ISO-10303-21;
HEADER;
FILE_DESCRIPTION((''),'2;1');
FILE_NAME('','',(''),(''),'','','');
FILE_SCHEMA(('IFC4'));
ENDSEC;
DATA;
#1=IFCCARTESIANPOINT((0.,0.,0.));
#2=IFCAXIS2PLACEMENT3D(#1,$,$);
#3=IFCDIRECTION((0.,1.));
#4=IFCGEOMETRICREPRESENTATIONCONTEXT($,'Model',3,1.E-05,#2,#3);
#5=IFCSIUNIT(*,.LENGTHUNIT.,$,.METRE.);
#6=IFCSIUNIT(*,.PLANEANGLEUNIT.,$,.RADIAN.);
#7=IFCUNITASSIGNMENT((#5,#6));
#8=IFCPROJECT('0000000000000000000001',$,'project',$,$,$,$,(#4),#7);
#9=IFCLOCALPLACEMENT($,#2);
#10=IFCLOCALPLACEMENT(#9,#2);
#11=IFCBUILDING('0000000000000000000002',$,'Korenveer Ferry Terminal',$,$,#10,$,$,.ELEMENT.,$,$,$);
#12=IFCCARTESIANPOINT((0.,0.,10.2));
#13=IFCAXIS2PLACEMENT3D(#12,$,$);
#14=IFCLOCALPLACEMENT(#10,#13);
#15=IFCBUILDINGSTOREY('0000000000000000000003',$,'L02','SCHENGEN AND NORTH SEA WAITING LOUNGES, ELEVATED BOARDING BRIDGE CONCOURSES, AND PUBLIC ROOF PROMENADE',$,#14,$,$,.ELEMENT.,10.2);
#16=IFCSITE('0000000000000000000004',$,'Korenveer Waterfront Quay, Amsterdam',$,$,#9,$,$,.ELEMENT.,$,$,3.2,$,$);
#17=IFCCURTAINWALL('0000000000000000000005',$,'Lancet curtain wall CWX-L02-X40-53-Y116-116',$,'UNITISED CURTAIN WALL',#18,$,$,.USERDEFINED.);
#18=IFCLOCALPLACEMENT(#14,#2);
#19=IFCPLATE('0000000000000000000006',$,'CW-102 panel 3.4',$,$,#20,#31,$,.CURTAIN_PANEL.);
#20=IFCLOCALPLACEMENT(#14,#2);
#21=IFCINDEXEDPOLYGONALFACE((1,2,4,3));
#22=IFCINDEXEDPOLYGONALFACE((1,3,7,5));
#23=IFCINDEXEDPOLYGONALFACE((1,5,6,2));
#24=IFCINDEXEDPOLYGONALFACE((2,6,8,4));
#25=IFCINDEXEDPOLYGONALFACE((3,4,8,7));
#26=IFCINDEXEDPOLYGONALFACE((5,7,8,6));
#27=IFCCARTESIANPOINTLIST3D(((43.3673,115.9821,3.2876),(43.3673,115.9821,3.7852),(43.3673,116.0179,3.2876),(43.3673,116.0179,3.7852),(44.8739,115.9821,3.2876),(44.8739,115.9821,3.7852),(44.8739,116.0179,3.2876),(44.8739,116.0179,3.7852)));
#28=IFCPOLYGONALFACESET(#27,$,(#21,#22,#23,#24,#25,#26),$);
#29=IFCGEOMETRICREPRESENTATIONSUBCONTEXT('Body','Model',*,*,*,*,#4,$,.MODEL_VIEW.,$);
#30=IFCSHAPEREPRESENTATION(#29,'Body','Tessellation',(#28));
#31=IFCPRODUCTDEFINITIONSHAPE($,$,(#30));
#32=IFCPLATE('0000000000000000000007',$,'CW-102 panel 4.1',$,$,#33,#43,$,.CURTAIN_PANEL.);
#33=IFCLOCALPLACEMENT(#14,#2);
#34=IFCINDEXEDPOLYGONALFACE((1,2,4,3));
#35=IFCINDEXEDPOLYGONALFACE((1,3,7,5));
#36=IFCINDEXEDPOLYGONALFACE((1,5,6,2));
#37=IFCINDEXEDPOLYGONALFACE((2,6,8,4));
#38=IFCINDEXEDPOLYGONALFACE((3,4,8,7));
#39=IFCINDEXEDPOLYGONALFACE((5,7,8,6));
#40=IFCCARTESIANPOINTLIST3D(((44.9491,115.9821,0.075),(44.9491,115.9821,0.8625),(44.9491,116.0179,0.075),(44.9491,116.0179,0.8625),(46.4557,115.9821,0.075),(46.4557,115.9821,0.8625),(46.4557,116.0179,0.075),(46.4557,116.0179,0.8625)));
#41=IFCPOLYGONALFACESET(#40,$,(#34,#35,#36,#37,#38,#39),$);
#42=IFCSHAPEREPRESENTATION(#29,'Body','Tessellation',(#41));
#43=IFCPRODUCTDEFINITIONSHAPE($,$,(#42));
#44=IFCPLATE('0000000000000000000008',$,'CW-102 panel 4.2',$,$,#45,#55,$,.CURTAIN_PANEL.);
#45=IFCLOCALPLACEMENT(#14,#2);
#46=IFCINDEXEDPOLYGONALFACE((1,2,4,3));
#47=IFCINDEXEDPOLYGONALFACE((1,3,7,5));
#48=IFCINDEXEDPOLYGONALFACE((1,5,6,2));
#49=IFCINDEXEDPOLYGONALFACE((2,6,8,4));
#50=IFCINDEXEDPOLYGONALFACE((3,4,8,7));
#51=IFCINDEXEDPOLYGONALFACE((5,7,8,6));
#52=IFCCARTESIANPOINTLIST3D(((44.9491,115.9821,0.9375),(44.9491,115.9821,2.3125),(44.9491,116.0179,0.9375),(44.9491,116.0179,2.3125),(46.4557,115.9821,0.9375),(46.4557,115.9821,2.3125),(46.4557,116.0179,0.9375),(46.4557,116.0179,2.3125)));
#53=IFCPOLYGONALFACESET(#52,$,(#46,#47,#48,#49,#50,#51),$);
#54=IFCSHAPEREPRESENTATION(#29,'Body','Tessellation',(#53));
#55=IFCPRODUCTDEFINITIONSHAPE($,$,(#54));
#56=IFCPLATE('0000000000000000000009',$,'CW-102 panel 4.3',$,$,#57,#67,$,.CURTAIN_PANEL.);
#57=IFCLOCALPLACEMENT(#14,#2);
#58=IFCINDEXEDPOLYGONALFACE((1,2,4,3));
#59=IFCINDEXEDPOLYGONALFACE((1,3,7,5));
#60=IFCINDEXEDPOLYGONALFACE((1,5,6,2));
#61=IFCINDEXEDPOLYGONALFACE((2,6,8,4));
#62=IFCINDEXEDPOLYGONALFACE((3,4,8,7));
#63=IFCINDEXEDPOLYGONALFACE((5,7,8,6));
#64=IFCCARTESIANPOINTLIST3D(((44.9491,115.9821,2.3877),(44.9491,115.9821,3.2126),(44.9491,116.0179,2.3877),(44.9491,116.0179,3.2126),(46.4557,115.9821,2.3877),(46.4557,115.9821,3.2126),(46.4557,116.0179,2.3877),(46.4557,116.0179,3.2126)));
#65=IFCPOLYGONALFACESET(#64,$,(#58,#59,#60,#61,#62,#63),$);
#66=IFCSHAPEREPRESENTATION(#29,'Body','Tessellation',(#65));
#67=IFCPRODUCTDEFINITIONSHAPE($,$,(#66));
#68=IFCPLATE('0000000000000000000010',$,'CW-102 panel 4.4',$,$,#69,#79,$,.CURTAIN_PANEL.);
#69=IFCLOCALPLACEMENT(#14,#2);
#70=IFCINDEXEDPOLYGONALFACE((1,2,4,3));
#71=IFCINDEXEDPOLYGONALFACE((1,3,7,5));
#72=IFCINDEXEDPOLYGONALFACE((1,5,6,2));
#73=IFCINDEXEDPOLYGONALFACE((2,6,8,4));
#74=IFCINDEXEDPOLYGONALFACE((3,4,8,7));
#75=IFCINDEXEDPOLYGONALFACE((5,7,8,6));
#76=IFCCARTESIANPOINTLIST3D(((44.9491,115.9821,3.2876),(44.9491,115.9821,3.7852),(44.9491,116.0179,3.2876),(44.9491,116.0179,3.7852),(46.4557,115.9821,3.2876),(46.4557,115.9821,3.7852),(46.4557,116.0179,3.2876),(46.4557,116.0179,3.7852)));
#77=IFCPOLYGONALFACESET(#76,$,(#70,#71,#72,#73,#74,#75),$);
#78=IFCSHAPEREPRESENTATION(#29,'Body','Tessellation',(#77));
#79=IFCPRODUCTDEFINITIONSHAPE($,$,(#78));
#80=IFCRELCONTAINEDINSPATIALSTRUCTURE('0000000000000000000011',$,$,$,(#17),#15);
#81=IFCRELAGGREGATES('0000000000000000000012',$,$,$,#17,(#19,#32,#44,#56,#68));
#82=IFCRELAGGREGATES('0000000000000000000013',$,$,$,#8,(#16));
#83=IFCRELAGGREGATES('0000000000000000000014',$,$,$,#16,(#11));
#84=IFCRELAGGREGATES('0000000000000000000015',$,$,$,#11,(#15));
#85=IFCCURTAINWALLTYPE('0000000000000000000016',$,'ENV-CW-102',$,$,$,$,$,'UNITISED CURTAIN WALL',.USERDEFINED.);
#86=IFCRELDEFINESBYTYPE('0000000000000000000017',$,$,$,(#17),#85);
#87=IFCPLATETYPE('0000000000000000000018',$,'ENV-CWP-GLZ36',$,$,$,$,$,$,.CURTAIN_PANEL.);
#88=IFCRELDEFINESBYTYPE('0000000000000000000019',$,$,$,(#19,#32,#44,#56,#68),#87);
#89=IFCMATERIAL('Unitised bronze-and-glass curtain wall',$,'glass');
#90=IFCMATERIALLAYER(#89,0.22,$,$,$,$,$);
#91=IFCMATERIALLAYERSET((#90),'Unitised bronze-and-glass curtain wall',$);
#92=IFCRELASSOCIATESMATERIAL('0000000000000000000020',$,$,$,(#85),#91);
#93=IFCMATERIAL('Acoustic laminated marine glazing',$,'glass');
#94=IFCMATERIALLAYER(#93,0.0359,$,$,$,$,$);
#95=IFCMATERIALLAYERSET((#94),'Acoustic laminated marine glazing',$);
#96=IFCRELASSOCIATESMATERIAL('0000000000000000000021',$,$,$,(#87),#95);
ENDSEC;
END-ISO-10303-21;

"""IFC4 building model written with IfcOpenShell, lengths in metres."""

from ifc_helpers import new_model, si_unit, direction, frame, origin, origin_2d, place, context, subcontext, project, spatial, rectangle, extrude, material, layer, layer_set, type_object, element, aggregate, save


model = new_model("IFC4")

# Units and contexts
model_context = context("Model", 3, precision=1e-05, world=origin(), true_north=direction((0.0, 1.0)))
body_context = subcontext(model_context, "Body", "Model", "MODEL_VIEW")
ifc_project = project(units=[si_unit("LENGTHUNIT", "METRE"), si_unit("PLANEANGLEUNIT", "RADIAN")], contexts=[model_context])

# Site, building, storey
site_placement = place(None, origin())
site = spatial("IfcSite", under=ifc_project, at=site_placement, Name="Korenveer Waterfront Quay, Amsterdam", CompositionType="ELEMENT", RefElevation=3.2)
building_placement = place(site_placement, origin())
building = spatial("IfcBuilding", under=site, at=building_placement, Name="Korenveer Ferry Terminal", CompositionType="ELEMENT")
storey_placement = place(building_placement, frame((0.0, 0.0, 10.2)))
storey = spatial("IfcBuildingStorey", under=building, at=storey_placement, Name="L02", Description="SCHENGEN AND NORTH SEA WAITING LOUNGES, ELEVATED BOARDING BRIDGE CONCOURSES, AND PUBLIC ROOF PROMENADE", CompositionType="ELEMENT", Elevation=10.2)

# Curtain wall, plates
ifc_material_1 = material(Name="Unitised bronze-and-glass curtain wall", Category="glass")
ifc_layer_1 = layer(ifc_material_1, 0.22)
ifc_layer_set_1 = layer_set([ifc_layer_1], Name="Unitised bronze-and-glass curtain wall")
curtain_wall_type = type_object("IfcCurtainWallType", Name="ENV-CW-102", ElementType="UNITISED CURTAIN WALL", PredefinedType="USERDEFINED", material=ifc_layer_set_1)
curtain_wall_placement = place(storey_placement, frame((40.1665, 116.0, 0.0)))
curtain_wall = element("IfcCurtainWall", 1, at=curtain_wall_placement, inside=storey, type_object=curtain_wall_type, Name="Lancet curtain wall CWX-L02-X40-53-Y116-116", ObjectType="UNITISED CURTAIN WALL", PredefinedType="USERDEFINED")
ifc_material_2 = material(Name="Acoustic laminated marine glazing", Category="glass")
ifc_layer_2 = layer(ifc_material_2, 0.0359)
ifc_layer_set_2 = layer_set([ifc_layer_2], Name="Acoustic laminated marine glazing")
plate_type = type_object("IfcPlateType", Name="ENV-CWP-GLZ36", PredefinedType="CURTAIN_PANEL", material=ifc_layer_set_2)
plate_1_placement = place(storey_placement, frame((44.1206, 116.0, 3.2876), z_axis=(0.0, 0.0, 1.0), x_axis=(1.0, 0.0, 0.0)))
plate_1 = element("IfcPlate", 2, at=plate_1_placement, type_object=plate_type, Name="CW-102 panel 3.4", PredefinedType="CURTAIN_PANEL", context=body_context, shape_type="SweptSolid", body=[
    extrude(rectangle(XDim=1.5066, YDim=0.0359, at=origin_2d()), origin(), (0.0, 0.0, 1.0), 0.4976),
])
plate_2_placement = place(storey_placement, frame((45.7024, 116.0, 0.075), z_axis=(0.0, 0.0, 1.0), x_axis=(1.0, 0.0, 0.0)))
plate_2 = element("IfcPlate", 3, at=plate_2_placement, type_object=plate_type, Name="CW-102 panel 4.1", PredefinedType="CURTAIN_PANEL", context=body_context, shape_type="SweptSolid", body=[
    extrude(rectangle(XDim=1.5066, YDim=0.0359, at=origin_2d()), origin(), (0.0, 0.0, 1.0), 0.7876),
])
plate_3_placement = place(storey_placement, frame((45.7024, 116.0, 0.9375), z_axis=(0.0, 0.0, 1.0), x_axis=(1.0, 0.0, 0.0)))
plate_3 = element("IfcPlate", 4, at=plate_3_placement, type_object=plate_type, Name="CW-102 panel 4.2", PredefinedType="CURTAIN_PANEL", context=body_context, shape_type="SweptSolid", body=[
    extrude(rectangle(XDim=1.5066, YDim=0.0359, at=origin_2d()), origin(), (0.0, 0.0, 1.0), 1.375),
])
plate_4_placement = place(storey_placement, frame((45.7024, 116.0, 2.3877), z_axis=(0.0, 0.0, 1.0), x_axis=(1.0, 0.0, 0.0)))
plate_4 = element("IfcPlate", 5, at=plate_4_placement, type_object=plate_type, Name="CW-102 panel 4.3", PredefinedType="CURTAIN_PANEL", context=body_context, shape_type="SweptSolid", body=[
    extrude(rectangle(XDim=1.5066, YDim=0.0359, at=origin_2d()), origin(), (0.0, 0.0, 1.0), 0.825),
])
plate_5_placement = place(storey_placement, frame((45.7024, 116.0, 3.2876), z_axis=(0.0, 0.0, 1.0), x_axis=(1.0, 0.0, 0.0)))
plate_5 = element("IfcPlate", 6, at=plate_5_placement, type_object=plate_type, Name="CW-102 panel 4.4", PredefinedType="CURTAIN_PANEL", context=body_context, shape_type="SweptSolid", body=[
    extrude(rectangle(XDim=1.5066, YDim=0.0359, at=origin_2d()), origin(), (0.0, 0.0, 1.0), 0.4976),
])
aggregate(curtain_wall, [plate_1, plate_2, plate_3, plate_4, plate_5])

save(model, "model.ifc")
